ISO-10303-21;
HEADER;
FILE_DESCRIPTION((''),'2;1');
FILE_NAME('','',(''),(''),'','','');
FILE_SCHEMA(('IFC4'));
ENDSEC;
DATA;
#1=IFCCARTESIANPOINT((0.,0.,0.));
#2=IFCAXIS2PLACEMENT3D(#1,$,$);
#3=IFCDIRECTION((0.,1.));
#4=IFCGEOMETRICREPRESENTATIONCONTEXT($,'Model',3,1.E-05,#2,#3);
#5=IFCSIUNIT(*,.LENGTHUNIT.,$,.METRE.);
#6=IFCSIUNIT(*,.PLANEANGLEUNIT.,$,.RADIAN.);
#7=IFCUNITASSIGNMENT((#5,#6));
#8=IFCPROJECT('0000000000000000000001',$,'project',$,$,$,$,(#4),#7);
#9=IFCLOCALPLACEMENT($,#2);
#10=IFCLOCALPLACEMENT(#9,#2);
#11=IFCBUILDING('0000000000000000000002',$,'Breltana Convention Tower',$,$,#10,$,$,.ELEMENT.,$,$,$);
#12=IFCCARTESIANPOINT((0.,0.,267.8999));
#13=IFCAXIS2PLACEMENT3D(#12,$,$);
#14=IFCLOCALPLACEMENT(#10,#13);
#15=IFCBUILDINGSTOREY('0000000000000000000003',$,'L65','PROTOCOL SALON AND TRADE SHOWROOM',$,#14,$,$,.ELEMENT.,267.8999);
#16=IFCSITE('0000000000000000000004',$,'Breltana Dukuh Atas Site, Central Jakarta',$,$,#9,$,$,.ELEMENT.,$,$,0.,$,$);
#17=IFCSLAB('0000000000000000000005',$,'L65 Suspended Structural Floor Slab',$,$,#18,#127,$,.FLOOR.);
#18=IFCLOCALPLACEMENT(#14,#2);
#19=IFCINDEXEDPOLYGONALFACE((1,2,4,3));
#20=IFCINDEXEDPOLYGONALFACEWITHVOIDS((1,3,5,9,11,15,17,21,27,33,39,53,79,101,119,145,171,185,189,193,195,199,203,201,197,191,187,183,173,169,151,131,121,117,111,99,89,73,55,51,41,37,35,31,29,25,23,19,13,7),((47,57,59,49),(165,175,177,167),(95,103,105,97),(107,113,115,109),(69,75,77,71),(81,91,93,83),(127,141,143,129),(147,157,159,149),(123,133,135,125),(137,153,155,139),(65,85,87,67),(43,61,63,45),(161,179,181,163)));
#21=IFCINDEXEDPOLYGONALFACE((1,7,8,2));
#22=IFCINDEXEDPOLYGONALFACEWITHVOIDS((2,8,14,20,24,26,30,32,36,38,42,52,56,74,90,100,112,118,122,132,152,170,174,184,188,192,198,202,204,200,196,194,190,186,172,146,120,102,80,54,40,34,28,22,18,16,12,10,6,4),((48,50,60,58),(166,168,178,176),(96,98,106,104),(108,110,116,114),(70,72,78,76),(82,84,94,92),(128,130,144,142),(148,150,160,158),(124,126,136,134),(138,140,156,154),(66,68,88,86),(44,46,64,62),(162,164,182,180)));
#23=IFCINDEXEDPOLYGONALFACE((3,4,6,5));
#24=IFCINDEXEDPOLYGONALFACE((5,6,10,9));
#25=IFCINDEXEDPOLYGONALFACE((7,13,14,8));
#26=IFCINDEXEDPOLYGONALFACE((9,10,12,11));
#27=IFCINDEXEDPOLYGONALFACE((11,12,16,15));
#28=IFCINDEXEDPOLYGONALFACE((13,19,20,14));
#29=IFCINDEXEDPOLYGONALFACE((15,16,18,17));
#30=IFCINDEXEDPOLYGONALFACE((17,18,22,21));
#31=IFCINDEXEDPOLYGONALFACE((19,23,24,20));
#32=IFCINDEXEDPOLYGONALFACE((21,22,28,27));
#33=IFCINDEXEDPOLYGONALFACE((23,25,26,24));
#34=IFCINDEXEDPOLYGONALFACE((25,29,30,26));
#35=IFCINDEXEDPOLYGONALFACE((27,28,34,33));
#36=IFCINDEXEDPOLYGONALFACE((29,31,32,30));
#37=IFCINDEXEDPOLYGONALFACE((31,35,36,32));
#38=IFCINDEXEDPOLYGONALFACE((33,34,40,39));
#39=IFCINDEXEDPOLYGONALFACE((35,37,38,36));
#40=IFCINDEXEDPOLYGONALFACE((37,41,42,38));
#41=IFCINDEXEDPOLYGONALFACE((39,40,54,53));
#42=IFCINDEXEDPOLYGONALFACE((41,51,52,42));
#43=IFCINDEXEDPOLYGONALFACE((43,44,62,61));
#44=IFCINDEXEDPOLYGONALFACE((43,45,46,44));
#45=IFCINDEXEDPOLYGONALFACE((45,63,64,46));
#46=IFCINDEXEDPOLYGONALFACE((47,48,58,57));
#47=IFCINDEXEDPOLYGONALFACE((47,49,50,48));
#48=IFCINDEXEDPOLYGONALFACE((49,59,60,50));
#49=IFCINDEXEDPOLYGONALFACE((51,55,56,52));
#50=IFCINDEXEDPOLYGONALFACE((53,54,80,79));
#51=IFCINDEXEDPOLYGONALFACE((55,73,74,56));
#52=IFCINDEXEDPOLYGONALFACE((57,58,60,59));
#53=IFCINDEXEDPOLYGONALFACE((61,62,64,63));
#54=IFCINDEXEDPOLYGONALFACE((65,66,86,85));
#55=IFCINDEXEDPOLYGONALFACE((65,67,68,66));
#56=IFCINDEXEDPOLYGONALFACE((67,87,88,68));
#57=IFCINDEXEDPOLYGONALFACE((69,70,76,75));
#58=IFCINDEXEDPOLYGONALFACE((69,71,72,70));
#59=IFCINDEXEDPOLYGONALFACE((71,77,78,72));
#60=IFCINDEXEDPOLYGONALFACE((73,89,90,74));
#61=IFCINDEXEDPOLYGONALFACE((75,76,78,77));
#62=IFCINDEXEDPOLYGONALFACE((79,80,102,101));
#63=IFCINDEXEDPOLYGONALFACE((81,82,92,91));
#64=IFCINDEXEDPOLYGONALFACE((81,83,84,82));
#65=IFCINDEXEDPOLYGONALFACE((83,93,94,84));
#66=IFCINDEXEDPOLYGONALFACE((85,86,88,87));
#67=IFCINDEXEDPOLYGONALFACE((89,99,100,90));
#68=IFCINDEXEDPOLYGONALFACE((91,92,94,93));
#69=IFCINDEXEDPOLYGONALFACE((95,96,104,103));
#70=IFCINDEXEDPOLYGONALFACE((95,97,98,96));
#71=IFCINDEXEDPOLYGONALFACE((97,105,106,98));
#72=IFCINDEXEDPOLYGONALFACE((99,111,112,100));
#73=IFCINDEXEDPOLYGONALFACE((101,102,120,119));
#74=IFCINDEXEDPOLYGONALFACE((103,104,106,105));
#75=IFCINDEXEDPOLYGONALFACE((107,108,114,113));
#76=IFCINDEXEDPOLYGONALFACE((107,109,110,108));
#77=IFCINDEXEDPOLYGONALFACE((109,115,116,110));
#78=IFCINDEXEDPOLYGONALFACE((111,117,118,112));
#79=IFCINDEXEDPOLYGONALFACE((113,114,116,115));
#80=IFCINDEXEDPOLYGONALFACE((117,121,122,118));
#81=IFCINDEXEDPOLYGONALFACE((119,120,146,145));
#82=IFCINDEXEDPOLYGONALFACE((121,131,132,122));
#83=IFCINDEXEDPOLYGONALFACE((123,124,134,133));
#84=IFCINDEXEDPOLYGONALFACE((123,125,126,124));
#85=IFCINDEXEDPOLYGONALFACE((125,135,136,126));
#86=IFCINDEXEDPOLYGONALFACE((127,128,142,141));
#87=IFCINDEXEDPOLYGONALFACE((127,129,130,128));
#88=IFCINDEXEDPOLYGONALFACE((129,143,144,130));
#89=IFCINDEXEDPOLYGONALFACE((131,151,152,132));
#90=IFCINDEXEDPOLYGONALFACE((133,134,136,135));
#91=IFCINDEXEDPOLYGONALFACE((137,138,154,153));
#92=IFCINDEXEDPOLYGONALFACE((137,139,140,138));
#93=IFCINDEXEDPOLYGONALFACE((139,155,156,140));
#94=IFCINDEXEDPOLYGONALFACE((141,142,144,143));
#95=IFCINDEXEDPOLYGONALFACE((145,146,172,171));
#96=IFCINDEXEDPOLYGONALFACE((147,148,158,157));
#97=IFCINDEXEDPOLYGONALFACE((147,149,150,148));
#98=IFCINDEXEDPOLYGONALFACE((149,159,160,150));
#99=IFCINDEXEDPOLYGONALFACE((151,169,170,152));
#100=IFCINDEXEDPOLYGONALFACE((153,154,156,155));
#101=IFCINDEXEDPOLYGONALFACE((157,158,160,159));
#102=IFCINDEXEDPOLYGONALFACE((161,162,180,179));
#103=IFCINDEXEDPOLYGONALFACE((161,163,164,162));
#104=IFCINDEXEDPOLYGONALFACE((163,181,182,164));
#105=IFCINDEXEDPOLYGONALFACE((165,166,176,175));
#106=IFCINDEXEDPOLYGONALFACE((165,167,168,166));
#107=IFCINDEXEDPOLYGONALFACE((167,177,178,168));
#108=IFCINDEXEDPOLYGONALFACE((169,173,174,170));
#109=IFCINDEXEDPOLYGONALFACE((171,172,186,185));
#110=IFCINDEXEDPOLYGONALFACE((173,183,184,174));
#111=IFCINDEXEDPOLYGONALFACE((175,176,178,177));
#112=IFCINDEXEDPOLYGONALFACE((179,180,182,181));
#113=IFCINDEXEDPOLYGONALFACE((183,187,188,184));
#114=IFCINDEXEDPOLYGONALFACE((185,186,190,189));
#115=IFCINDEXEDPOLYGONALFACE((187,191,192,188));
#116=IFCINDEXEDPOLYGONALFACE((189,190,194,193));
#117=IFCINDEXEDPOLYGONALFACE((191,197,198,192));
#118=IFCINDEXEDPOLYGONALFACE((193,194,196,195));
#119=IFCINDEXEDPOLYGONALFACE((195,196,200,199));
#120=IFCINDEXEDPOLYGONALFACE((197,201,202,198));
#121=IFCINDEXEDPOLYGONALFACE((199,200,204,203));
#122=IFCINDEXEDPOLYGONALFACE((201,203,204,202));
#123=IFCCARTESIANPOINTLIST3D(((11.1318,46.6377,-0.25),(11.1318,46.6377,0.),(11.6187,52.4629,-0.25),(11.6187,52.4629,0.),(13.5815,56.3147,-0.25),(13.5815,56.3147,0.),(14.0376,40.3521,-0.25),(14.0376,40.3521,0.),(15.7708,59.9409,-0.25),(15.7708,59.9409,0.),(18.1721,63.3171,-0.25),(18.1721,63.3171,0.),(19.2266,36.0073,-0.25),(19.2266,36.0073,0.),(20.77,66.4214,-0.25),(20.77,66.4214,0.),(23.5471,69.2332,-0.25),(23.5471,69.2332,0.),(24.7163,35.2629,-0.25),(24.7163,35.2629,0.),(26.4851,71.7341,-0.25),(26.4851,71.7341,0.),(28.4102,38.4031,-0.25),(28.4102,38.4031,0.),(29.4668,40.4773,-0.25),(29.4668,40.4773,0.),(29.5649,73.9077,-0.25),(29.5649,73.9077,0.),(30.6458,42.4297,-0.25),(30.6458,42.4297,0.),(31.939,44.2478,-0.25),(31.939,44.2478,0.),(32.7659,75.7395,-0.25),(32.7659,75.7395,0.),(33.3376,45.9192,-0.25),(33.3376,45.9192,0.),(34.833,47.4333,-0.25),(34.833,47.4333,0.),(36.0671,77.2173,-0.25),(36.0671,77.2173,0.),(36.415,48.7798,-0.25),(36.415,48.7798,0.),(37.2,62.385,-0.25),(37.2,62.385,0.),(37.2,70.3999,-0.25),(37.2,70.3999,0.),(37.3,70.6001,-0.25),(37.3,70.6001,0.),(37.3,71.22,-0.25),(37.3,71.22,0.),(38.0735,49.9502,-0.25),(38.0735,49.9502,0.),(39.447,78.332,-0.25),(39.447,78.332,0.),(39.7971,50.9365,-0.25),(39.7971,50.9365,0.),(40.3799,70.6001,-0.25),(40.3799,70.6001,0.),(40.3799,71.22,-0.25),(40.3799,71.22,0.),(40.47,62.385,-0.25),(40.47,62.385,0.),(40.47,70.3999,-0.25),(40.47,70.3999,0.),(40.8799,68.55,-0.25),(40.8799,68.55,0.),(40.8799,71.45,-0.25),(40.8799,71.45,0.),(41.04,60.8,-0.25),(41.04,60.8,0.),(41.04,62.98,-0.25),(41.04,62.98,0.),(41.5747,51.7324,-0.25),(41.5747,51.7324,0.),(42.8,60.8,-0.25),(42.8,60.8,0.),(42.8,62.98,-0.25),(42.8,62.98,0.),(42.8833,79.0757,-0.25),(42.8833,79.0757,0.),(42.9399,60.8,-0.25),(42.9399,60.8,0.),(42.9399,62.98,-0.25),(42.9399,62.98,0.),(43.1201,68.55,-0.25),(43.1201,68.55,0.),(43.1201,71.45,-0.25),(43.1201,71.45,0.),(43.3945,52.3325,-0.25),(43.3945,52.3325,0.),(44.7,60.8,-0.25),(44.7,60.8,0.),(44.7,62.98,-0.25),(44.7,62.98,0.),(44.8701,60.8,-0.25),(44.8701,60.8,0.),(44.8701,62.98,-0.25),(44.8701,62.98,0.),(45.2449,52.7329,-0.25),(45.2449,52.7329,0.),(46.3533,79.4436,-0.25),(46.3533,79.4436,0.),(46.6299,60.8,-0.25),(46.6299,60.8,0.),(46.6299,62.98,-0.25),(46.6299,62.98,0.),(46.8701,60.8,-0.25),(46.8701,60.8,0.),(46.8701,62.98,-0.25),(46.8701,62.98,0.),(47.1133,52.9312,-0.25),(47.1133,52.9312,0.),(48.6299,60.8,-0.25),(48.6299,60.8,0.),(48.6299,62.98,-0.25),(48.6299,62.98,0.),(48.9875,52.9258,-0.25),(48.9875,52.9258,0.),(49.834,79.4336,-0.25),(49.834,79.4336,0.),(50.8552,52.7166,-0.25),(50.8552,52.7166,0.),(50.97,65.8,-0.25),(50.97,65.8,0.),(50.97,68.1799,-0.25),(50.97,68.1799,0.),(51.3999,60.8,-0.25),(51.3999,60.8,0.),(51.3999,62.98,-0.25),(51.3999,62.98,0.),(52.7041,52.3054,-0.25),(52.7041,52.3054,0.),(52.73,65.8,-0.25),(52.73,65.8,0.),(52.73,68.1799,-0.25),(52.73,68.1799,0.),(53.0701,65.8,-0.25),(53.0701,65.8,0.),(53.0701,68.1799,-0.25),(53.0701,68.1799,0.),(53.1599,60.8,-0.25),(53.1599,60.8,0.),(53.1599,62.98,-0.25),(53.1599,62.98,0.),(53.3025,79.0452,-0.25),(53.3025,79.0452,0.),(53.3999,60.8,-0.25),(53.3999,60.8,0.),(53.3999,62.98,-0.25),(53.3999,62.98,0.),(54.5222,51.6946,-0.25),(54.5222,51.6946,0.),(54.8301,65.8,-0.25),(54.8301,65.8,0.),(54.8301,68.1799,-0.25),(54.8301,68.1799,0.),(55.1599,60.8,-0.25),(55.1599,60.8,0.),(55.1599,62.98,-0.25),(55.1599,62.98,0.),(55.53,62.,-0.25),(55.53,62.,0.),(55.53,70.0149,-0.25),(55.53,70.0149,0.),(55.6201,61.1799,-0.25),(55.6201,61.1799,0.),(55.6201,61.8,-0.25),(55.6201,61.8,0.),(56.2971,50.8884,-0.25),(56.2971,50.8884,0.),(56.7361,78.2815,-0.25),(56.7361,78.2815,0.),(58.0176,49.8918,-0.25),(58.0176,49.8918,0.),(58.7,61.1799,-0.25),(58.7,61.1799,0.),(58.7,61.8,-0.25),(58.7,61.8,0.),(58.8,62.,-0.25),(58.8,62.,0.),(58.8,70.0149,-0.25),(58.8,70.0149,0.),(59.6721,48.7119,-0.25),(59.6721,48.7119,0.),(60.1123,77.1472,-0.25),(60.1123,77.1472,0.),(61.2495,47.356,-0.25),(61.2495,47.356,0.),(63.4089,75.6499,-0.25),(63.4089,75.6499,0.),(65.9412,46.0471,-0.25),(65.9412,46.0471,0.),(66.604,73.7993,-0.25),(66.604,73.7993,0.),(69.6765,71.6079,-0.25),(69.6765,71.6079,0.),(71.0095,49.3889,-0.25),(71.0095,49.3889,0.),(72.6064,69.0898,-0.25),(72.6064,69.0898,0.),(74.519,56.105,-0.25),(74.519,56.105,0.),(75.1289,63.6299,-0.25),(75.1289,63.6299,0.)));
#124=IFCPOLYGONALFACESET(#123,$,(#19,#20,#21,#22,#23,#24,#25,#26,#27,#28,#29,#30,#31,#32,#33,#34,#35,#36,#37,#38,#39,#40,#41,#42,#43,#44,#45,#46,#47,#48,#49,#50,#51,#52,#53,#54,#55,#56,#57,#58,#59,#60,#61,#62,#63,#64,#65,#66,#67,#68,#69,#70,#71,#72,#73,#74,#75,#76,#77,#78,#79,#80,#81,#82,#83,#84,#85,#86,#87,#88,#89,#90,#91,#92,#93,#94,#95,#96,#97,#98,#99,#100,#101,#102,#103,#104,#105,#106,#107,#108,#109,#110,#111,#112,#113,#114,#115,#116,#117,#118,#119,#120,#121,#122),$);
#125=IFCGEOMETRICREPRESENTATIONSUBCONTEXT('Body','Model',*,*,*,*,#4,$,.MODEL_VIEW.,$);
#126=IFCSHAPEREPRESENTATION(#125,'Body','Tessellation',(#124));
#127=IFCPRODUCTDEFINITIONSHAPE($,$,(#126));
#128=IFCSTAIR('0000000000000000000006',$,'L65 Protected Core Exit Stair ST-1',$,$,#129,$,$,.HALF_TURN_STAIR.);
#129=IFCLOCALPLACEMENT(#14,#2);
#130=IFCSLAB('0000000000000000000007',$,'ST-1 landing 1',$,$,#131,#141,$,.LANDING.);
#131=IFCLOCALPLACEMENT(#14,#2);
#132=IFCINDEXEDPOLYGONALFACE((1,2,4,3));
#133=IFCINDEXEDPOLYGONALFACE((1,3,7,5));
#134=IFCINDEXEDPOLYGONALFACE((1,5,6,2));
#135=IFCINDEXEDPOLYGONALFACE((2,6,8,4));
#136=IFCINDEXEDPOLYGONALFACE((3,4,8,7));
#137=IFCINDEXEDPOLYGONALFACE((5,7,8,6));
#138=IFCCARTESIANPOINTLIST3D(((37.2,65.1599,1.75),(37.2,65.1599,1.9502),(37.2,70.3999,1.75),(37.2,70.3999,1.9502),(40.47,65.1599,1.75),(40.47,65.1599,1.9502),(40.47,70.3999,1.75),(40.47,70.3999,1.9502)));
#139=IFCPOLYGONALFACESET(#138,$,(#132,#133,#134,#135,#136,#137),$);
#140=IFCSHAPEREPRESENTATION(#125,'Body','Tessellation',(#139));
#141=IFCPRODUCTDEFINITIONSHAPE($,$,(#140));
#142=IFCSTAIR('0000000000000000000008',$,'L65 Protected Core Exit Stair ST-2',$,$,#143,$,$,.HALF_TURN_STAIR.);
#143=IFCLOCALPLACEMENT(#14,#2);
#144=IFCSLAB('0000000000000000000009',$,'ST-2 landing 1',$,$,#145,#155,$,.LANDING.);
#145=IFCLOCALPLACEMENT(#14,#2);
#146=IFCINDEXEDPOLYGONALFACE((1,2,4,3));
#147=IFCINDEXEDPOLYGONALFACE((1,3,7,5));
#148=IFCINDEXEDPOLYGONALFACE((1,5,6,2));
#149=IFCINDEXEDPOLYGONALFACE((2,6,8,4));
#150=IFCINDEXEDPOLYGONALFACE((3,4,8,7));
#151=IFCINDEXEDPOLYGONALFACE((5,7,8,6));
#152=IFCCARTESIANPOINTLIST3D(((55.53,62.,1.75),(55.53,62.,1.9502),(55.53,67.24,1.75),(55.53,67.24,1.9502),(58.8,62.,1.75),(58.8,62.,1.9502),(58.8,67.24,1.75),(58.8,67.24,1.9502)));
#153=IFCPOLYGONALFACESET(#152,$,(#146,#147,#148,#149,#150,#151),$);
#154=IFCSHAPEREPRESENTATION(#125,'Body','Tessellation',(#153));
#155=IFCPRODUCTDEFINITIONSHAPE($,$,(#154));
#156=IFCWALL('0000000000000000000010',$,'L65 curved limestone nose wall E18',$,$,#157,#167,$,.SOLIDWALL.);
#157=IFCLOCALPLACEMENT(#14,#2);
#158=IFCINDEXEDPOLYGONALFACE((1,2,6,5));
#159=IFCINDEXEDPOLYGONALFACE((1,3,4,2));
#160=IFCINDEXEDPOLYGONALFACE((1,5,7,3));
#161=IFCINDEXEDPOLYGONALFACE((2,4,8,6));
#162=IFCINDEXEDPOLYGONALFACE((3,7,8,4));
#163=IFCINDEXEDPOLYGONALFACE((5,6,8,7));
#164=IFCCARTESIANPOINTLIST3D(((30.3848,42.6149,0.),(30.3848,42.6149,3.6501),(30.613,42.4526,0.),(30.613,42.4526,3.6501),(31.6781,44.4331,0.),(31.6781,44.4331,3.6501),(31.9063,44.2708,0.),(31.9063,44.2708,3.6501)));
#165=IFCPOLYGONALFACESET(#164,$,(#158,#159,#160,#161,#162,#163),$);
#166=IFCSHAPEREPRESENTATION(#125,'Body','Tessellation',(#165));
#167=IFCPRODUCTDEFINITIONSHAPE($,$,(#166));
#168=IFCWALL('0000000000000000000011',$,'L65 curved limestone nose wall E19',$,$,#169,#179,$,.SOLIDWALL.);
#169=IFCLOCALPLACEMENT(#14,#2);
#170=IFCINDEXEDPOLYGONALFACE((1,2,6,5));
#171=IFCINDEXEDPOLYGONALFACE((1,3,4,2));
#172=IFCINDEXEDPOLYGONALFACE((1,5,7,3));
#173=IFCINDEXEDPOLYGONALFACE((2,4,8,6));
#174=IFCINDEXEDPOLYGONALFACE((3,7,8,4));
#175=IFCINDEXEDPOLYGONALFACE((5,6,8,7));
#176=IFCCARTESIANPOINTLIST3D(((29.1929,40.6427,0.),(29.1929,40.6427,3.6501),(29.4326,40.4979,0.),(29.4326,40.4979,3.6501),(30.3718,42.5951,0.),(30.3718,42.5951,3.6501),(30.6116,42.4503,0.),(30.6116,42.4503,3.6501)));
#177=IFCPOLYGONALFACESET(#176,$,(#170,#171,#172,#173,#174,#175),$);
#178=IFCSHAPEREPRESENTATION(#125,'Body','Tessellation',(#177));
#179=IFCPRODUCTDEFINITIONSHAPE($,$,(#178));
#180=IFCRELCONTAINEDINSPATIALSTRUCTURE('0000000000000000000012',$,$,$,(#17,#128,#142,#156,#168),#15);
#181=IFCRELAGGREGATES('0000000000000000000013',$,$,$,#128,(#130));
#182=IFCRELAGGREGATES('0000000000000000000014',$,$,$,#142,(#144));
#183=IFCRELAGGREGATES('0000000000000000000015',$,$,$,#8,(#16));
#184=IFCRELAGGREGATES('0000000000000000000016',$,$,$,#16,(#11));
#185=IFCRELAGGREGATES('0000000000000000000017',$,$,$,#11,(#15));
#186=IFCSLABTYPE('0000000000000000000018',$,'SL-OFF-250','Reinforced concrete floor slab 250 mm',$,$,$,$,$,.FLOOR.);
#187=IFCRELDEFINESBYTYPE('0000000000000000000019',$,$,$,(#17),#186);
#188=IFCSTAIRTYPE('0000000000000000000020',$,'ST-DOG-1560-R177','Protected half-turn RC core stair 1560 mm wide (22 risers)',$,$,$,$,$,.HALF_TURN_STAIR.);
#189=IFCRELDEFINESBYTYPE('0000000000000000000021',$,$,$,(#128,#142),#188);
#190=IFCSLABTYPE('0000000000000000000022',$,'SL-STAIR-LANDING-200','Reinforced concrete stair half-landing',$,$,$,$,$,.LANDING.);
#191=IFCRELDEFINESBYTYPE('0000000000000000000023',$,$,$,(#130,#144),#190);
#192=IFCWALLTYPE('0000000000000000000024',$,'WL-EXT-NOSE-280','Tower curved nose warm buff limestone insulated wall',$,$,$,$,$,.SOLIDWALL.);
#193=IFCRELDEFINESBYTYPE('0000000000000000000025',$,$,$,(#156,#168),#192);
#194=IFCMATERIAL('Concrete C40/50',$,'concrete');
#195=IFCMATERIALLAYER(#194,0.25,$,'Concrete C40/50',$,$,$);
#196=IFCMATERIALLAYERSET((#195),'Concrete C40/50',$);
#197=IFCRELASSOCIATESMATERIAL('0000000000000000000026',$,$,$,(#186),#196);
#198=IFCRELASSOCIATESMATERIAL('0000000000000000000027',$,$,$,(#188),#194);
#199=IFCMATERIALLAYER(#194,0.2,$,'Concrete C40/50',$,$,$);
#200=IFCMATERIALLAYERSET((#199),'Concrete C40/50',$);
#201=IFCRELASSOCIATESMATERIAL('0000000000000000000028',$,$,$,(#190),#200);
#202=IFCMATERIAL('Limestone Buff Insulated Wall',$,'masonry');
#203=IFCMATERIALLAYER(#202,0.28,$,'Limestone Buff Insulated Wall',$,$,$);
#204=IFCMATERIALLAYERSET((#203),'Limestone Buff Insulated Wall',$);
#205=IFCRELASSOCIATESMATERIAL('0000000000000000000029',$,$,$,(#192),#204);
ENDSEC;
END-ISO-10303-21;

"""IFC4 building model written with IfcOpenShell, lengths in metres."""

from ifc_helpers import new_model, si_unit, direction, frame, frame_2d, origin, place, context, subcontext, project, spatial, polyline, rectangle, outline, extrude, source, transform, mapped, material, layer, layer_set, type_object, element, aggregate, save


model = new_model("IFC4")

# Units and contexts
model_context = context("Model", 3, precision=1e-05, world=origin(), true_north=direction((0.0, 1.0)))
body_context = subcontext(model_context, "Body", "Model", "MODEL_VIEW")
ifc_project = project(units=[si_unit("LENGTHUNIT", "METRE"), si_unit("PLANEANGLEUNIT", "RADIAN")], contexts=[model_context])

# Site, building, storey
site_placement = place(None, origin())
site = spatial("IfcSite", under=ifc_project, at=site_placement, Name="Breltana Dukuh Atas Site, Central Jakarta", CompositionType="ELEMENT", RefElevation=0.0)
building_placement = place(site_placement, origin())
building = spatial("IfcBuilding", under=site, at=building_placement, Name="Breltana Convention Tower", CompositionType="ELEMENT")
storey_placement = place(building_placement, frame((0.0, 0.0, 267.8999)))
storey = spatial("IfcBuildingStorey", under=building, at=storey_placement, Name="L65", Description="PROTOCOL SALON AND TRADE SHOWROOM", CompositionType="ELEMENT", Elevation=267.8999)

# Slab
ifc_material_1 = material(Name="Concrete C40/50", Category="concrete")
ifc_layer_1 = layer(ifc_material_1, 0.25, Name="Concrete C40/50")
ifc_layer_set_1 = layer_set([ifc_layer_1], Name="Concrete C40/50")
slab_type_1 = type_object("IfcSlabType", Name="SL-OFF-250", Description="Reinforced concrete floor slab 250 mm", PredefinedType="FLOOR", material=ifc_layer_set_1)
slab_1_placement = place(storey_placement, frame((0.0, 0.0, -0.25)))
element("IfcSlab", 1, at=slab_1_placement, inside=storey, type_object=slab_type_1, Name="L65 Suspended Structural Floor Slab", PredefinedType="FLOOR", context=body_context, shape_type="SweptSolid", body=[
    extrude(outline(polyline([(72.6064, 69.0898), (69.6765, 71.6079), (66.604, 73.7993), (63.4089, 75.6499), (60.1123, 77.1472), (56.7361, 78.2815), (53.3025, 79.0452), (49.834, 79.4336), (46.3533, 79.4436), (42.8833, 79.0757), (39.447, 78.332), (36.0671, 77.2173), (32.7659, 75.7395), (29.5649, 73.9077), (26.4851, 71.7341), (23.5471, 69.2332), (20.77, 66.4214), (18.1721, 63.3171), (15.7708, 59.9409), (13.5815, 56.3147), (11.6187, 52.4629), (11.1318, 46.6377), (14.0376, 40.3521), (19.2266, 36.0073), (24.7163, 35.2629), (28.4102, 38.4031), (29.4668, 40.4773), (30.6458, 42.4297), (31.939, 44.2478), (33.3376, 45.9192), (34.833, 47.4333), (36.415, 48.7798), (38.0735, 49.9502), (39.7971, 50.9365), (41.5747, 51.7324), (43.3945, 52.3325), (45.2449, 52.7329), (47.1133, 52.9312), (48.9875, 52.9258), (50.8552, 52.7166), (52.7041, 52.3054), (54.5222, 51.6946), (56.2971, 50.8884), (58.0176, 49.8918), (59.6721, 48.7119), (61.2495, 47.356), (65.9412, 46.0471), (71.0095, 49.3889), (74.519, 56.105), (75.1289, 63.6299), (72.6064, 69.0898)]), holes=[polyline([(37.2, 62.385), (40.47, 62.385), (40.47, 70.3999), (37.2, 70.3999), (37.2, 62.385)]), polyline([(55.53, 62.0), (58.8, 62.0), (58.8, 70.0149), (55.53, 70.0149), (55.53, 62.0)]), polyline([(41.04, 60.8), (42.8, 60.8), (42.8, 62.98), (41.04, 62.98), (41.04, 60.8)]), polyline([(42.9399, 60.8), (44.7, 60.8), (44.7, 62.98), (42.9399, 62.98), (42.9399, 60.8)]), polyline([(44.8701, 60.8), (46.6299, 60.8), (46.6299, 62.98), (44.8701, 62.98), (44.8701, 60.8)]), polyline([(46.8701, 60.8), (48.6299, 60.8), (48.6299, 62.98), (46.8701, 62.98), (46.8701, 60.8)]), polyline([(51.3999, 60.8), (53.1599, 60.8), (53.1599, 62.98), (51.3999, 62.98), (51.3999, 60.8)]), polyline([(53.3999, 60.8), (55.1599, 60.8), (55.1599, 62.98), (53.3999, 62.98), (53.3999, 60.8)]), polyline([(50.97, 65.8), (52.73, 65.8), (52.73, 68.1799), (50.97, 68.1799), (50.97, 65.8)]), polyline([(53.0701, 65.8), (54.8301, 65.8), (54.8301, 68.1799), (53.0701, 68.1799), (53.0701, 65.8)]), polyline([(40.8799, 68.55), (43.1201, 68.55), (43.1201, 71.45), (40.8799, 71.45), (40.8799, 68.55)]), polyline([(37.3, 70.6001), (40.3799, 70.6001), (40.3799, 71.22), (37.3, 71.22), (37.3, 70.6001)]), polyline([(55.6201, 61.1799), (58.7, 61.1799), (58.7, 61.8), (55.6201, 61.8), (55.6201, 61.1799)])]), origin(), (0.0, 0.0, 1.0), 0.25),
])

# Stairs, slabs
stair_type = type_object("IfcStairType", Name="ST-DOG-1560-R177", Description="Protected half-turn RC core stair 1560 mm wide (22 risers)", PredefinedType="HALF_TURN_STAIR", material=ifc_material_1)
stair_1_placement = place(storey_placement, origin())
stair_1 = element("IfcStair", 2, at=stair_1_placement, inside=storey, type_object=stair_type, Name="L65 Protected Core Exit Stair ST-1", PredefinedType="HALF_TURN_STAIR")
ifc_layer_2 = layer(ifc_material_1, 0.2, Name="Concrete C40/50")
ifc_layer_set_2 = layer_set([ifc_layer_2], Name="Concrete C40/50")
slab_type_2 = type_object("IfcSlabType", Name="SL-STAIR-LANDING-200", Description="Reinforced concrete stair half-landing", PredefinedType="LANDING", material=ifc_layer_set_2)
slab_2_placement = place(storey_placement, frame((0.0, 0.0, 1.75)))
slab_2 = element("IfcSlab", 3, at=slab_2_placement, type_object=slab_type_2, Name="ST-1 landing 1", PredefinedType="LANDING", context=body_context, shape_type="SweptSolid", body=[
    extrude(outline(polyline([(40.47, 65.1599), (40.47, 70.3999), (37.2, 70.3999), (37.2, 65.1599), (40.47, 65.1599)])), origin(), (0.0, 0.0, 1.0), 0.2002),
])
aggregate(stair_1, [slab_2])
stair_2_placement = place(storey_placement, origin())
stair_2 = element("IfcStair", 4, at=stair_2_placement, inside=storey, type_object=stair_type, Name="L65 Protected Core Exit Stair ST-2", PredefinedType="HALF_TURN_STAIR")
slab_3_placement = place(storey_placement, frame((0.0, 0.0, 1.75)))
slab_3 = element("IfcSlab", 5, at=slab_3_placement, type_object=slab_type_2, Name="ST-2 landing 1", PredefinedType="LANDING", context=body_context, shape_type="SweptSolid", body=[
    extrude(outline(polyline([(55.53, 67.24), (55.53, 62.0), (58.8, 62.0), (58.8, 67.24), (55.53, 67.24)])), origin(), (0.0, 0.0, 1.0), 0.2002),
])
aggregate(stair_2, [slab_3])

# Walls
ifc_material_2 = material(Name="Limestone Buff Insulated Wall", Category="masonry")
ifc_layer_3 = layer(ifc_material_2, 0.28, Name="Limestone Buff Insulated Wall")
ifc_layer_set_3 = layer_set([ifc_layer_3], Name="Limestone Buff Insulated Wall")
wall_type = type_object("IfcWallType", Name="WL-EXT-NOSE-280", Description="Tower curved nose warm buff limestone insulated wall", PredefinedType="SOLIDWALL", material=ifc_layer_set_3)
shared_shape_1 = source(origin(), body_context, "Body", "SweptSolid", [
    extrude(rectangle(XDim=2.2312, YDim=0.28, at=frame_2d((1.1157, 0.0))), origin(), (0.0, 0.0, 1.0), 3.6501),
])
wall_1_placement = place(storey_placement, frame((31.7922, 44.3521, 0.0), z_axis=(0.0, 0.0, 1.0), x_axis=(-0.579622, -0.814885, 0.0)))
element("IfcWall", 6, at=wall_1_placement, inside=storey, type_object=wall_type, Name="L65 curved limestone nose wall E18", PredefinedType="SOLIDWALL", context=body_context, shape_type="MappedRepresentation", body=[
    mapped(shared_shape_1, transform((0.0, 0.0, 0.0), scale=1.0)),
])
shared_shape_2 = source(origin(), body_context, "Body", "SweptSolid", [
    extrude(rectangle(XDim=2.2808, YDim=0.28, at=frame_2d((1.1404, 0.0))), origin(), (0.0, 0.0, 1.0), 3.6501),
])
wall_2_placement = place(storey_placement, frame((30.4917, 42.5227, 0.0), z_axis=(0.0, 0.0, 1.0), x_axis=(-0.516918, -0.856035, 0.0)))
element("IfcWall", 7, at=wall_2_placement, inside=storey, type_object=wall_type, Name="L65 curved limestone nose wall E19", PredefinedType="SOLIDWALL", context=body_context, shape_type="MappedRepresentation", body=[
    mapped(shared_shape_2, transform((0.0, 0.0, 0.0), scale=1.0)),
])

save(model, "model.ifc")
